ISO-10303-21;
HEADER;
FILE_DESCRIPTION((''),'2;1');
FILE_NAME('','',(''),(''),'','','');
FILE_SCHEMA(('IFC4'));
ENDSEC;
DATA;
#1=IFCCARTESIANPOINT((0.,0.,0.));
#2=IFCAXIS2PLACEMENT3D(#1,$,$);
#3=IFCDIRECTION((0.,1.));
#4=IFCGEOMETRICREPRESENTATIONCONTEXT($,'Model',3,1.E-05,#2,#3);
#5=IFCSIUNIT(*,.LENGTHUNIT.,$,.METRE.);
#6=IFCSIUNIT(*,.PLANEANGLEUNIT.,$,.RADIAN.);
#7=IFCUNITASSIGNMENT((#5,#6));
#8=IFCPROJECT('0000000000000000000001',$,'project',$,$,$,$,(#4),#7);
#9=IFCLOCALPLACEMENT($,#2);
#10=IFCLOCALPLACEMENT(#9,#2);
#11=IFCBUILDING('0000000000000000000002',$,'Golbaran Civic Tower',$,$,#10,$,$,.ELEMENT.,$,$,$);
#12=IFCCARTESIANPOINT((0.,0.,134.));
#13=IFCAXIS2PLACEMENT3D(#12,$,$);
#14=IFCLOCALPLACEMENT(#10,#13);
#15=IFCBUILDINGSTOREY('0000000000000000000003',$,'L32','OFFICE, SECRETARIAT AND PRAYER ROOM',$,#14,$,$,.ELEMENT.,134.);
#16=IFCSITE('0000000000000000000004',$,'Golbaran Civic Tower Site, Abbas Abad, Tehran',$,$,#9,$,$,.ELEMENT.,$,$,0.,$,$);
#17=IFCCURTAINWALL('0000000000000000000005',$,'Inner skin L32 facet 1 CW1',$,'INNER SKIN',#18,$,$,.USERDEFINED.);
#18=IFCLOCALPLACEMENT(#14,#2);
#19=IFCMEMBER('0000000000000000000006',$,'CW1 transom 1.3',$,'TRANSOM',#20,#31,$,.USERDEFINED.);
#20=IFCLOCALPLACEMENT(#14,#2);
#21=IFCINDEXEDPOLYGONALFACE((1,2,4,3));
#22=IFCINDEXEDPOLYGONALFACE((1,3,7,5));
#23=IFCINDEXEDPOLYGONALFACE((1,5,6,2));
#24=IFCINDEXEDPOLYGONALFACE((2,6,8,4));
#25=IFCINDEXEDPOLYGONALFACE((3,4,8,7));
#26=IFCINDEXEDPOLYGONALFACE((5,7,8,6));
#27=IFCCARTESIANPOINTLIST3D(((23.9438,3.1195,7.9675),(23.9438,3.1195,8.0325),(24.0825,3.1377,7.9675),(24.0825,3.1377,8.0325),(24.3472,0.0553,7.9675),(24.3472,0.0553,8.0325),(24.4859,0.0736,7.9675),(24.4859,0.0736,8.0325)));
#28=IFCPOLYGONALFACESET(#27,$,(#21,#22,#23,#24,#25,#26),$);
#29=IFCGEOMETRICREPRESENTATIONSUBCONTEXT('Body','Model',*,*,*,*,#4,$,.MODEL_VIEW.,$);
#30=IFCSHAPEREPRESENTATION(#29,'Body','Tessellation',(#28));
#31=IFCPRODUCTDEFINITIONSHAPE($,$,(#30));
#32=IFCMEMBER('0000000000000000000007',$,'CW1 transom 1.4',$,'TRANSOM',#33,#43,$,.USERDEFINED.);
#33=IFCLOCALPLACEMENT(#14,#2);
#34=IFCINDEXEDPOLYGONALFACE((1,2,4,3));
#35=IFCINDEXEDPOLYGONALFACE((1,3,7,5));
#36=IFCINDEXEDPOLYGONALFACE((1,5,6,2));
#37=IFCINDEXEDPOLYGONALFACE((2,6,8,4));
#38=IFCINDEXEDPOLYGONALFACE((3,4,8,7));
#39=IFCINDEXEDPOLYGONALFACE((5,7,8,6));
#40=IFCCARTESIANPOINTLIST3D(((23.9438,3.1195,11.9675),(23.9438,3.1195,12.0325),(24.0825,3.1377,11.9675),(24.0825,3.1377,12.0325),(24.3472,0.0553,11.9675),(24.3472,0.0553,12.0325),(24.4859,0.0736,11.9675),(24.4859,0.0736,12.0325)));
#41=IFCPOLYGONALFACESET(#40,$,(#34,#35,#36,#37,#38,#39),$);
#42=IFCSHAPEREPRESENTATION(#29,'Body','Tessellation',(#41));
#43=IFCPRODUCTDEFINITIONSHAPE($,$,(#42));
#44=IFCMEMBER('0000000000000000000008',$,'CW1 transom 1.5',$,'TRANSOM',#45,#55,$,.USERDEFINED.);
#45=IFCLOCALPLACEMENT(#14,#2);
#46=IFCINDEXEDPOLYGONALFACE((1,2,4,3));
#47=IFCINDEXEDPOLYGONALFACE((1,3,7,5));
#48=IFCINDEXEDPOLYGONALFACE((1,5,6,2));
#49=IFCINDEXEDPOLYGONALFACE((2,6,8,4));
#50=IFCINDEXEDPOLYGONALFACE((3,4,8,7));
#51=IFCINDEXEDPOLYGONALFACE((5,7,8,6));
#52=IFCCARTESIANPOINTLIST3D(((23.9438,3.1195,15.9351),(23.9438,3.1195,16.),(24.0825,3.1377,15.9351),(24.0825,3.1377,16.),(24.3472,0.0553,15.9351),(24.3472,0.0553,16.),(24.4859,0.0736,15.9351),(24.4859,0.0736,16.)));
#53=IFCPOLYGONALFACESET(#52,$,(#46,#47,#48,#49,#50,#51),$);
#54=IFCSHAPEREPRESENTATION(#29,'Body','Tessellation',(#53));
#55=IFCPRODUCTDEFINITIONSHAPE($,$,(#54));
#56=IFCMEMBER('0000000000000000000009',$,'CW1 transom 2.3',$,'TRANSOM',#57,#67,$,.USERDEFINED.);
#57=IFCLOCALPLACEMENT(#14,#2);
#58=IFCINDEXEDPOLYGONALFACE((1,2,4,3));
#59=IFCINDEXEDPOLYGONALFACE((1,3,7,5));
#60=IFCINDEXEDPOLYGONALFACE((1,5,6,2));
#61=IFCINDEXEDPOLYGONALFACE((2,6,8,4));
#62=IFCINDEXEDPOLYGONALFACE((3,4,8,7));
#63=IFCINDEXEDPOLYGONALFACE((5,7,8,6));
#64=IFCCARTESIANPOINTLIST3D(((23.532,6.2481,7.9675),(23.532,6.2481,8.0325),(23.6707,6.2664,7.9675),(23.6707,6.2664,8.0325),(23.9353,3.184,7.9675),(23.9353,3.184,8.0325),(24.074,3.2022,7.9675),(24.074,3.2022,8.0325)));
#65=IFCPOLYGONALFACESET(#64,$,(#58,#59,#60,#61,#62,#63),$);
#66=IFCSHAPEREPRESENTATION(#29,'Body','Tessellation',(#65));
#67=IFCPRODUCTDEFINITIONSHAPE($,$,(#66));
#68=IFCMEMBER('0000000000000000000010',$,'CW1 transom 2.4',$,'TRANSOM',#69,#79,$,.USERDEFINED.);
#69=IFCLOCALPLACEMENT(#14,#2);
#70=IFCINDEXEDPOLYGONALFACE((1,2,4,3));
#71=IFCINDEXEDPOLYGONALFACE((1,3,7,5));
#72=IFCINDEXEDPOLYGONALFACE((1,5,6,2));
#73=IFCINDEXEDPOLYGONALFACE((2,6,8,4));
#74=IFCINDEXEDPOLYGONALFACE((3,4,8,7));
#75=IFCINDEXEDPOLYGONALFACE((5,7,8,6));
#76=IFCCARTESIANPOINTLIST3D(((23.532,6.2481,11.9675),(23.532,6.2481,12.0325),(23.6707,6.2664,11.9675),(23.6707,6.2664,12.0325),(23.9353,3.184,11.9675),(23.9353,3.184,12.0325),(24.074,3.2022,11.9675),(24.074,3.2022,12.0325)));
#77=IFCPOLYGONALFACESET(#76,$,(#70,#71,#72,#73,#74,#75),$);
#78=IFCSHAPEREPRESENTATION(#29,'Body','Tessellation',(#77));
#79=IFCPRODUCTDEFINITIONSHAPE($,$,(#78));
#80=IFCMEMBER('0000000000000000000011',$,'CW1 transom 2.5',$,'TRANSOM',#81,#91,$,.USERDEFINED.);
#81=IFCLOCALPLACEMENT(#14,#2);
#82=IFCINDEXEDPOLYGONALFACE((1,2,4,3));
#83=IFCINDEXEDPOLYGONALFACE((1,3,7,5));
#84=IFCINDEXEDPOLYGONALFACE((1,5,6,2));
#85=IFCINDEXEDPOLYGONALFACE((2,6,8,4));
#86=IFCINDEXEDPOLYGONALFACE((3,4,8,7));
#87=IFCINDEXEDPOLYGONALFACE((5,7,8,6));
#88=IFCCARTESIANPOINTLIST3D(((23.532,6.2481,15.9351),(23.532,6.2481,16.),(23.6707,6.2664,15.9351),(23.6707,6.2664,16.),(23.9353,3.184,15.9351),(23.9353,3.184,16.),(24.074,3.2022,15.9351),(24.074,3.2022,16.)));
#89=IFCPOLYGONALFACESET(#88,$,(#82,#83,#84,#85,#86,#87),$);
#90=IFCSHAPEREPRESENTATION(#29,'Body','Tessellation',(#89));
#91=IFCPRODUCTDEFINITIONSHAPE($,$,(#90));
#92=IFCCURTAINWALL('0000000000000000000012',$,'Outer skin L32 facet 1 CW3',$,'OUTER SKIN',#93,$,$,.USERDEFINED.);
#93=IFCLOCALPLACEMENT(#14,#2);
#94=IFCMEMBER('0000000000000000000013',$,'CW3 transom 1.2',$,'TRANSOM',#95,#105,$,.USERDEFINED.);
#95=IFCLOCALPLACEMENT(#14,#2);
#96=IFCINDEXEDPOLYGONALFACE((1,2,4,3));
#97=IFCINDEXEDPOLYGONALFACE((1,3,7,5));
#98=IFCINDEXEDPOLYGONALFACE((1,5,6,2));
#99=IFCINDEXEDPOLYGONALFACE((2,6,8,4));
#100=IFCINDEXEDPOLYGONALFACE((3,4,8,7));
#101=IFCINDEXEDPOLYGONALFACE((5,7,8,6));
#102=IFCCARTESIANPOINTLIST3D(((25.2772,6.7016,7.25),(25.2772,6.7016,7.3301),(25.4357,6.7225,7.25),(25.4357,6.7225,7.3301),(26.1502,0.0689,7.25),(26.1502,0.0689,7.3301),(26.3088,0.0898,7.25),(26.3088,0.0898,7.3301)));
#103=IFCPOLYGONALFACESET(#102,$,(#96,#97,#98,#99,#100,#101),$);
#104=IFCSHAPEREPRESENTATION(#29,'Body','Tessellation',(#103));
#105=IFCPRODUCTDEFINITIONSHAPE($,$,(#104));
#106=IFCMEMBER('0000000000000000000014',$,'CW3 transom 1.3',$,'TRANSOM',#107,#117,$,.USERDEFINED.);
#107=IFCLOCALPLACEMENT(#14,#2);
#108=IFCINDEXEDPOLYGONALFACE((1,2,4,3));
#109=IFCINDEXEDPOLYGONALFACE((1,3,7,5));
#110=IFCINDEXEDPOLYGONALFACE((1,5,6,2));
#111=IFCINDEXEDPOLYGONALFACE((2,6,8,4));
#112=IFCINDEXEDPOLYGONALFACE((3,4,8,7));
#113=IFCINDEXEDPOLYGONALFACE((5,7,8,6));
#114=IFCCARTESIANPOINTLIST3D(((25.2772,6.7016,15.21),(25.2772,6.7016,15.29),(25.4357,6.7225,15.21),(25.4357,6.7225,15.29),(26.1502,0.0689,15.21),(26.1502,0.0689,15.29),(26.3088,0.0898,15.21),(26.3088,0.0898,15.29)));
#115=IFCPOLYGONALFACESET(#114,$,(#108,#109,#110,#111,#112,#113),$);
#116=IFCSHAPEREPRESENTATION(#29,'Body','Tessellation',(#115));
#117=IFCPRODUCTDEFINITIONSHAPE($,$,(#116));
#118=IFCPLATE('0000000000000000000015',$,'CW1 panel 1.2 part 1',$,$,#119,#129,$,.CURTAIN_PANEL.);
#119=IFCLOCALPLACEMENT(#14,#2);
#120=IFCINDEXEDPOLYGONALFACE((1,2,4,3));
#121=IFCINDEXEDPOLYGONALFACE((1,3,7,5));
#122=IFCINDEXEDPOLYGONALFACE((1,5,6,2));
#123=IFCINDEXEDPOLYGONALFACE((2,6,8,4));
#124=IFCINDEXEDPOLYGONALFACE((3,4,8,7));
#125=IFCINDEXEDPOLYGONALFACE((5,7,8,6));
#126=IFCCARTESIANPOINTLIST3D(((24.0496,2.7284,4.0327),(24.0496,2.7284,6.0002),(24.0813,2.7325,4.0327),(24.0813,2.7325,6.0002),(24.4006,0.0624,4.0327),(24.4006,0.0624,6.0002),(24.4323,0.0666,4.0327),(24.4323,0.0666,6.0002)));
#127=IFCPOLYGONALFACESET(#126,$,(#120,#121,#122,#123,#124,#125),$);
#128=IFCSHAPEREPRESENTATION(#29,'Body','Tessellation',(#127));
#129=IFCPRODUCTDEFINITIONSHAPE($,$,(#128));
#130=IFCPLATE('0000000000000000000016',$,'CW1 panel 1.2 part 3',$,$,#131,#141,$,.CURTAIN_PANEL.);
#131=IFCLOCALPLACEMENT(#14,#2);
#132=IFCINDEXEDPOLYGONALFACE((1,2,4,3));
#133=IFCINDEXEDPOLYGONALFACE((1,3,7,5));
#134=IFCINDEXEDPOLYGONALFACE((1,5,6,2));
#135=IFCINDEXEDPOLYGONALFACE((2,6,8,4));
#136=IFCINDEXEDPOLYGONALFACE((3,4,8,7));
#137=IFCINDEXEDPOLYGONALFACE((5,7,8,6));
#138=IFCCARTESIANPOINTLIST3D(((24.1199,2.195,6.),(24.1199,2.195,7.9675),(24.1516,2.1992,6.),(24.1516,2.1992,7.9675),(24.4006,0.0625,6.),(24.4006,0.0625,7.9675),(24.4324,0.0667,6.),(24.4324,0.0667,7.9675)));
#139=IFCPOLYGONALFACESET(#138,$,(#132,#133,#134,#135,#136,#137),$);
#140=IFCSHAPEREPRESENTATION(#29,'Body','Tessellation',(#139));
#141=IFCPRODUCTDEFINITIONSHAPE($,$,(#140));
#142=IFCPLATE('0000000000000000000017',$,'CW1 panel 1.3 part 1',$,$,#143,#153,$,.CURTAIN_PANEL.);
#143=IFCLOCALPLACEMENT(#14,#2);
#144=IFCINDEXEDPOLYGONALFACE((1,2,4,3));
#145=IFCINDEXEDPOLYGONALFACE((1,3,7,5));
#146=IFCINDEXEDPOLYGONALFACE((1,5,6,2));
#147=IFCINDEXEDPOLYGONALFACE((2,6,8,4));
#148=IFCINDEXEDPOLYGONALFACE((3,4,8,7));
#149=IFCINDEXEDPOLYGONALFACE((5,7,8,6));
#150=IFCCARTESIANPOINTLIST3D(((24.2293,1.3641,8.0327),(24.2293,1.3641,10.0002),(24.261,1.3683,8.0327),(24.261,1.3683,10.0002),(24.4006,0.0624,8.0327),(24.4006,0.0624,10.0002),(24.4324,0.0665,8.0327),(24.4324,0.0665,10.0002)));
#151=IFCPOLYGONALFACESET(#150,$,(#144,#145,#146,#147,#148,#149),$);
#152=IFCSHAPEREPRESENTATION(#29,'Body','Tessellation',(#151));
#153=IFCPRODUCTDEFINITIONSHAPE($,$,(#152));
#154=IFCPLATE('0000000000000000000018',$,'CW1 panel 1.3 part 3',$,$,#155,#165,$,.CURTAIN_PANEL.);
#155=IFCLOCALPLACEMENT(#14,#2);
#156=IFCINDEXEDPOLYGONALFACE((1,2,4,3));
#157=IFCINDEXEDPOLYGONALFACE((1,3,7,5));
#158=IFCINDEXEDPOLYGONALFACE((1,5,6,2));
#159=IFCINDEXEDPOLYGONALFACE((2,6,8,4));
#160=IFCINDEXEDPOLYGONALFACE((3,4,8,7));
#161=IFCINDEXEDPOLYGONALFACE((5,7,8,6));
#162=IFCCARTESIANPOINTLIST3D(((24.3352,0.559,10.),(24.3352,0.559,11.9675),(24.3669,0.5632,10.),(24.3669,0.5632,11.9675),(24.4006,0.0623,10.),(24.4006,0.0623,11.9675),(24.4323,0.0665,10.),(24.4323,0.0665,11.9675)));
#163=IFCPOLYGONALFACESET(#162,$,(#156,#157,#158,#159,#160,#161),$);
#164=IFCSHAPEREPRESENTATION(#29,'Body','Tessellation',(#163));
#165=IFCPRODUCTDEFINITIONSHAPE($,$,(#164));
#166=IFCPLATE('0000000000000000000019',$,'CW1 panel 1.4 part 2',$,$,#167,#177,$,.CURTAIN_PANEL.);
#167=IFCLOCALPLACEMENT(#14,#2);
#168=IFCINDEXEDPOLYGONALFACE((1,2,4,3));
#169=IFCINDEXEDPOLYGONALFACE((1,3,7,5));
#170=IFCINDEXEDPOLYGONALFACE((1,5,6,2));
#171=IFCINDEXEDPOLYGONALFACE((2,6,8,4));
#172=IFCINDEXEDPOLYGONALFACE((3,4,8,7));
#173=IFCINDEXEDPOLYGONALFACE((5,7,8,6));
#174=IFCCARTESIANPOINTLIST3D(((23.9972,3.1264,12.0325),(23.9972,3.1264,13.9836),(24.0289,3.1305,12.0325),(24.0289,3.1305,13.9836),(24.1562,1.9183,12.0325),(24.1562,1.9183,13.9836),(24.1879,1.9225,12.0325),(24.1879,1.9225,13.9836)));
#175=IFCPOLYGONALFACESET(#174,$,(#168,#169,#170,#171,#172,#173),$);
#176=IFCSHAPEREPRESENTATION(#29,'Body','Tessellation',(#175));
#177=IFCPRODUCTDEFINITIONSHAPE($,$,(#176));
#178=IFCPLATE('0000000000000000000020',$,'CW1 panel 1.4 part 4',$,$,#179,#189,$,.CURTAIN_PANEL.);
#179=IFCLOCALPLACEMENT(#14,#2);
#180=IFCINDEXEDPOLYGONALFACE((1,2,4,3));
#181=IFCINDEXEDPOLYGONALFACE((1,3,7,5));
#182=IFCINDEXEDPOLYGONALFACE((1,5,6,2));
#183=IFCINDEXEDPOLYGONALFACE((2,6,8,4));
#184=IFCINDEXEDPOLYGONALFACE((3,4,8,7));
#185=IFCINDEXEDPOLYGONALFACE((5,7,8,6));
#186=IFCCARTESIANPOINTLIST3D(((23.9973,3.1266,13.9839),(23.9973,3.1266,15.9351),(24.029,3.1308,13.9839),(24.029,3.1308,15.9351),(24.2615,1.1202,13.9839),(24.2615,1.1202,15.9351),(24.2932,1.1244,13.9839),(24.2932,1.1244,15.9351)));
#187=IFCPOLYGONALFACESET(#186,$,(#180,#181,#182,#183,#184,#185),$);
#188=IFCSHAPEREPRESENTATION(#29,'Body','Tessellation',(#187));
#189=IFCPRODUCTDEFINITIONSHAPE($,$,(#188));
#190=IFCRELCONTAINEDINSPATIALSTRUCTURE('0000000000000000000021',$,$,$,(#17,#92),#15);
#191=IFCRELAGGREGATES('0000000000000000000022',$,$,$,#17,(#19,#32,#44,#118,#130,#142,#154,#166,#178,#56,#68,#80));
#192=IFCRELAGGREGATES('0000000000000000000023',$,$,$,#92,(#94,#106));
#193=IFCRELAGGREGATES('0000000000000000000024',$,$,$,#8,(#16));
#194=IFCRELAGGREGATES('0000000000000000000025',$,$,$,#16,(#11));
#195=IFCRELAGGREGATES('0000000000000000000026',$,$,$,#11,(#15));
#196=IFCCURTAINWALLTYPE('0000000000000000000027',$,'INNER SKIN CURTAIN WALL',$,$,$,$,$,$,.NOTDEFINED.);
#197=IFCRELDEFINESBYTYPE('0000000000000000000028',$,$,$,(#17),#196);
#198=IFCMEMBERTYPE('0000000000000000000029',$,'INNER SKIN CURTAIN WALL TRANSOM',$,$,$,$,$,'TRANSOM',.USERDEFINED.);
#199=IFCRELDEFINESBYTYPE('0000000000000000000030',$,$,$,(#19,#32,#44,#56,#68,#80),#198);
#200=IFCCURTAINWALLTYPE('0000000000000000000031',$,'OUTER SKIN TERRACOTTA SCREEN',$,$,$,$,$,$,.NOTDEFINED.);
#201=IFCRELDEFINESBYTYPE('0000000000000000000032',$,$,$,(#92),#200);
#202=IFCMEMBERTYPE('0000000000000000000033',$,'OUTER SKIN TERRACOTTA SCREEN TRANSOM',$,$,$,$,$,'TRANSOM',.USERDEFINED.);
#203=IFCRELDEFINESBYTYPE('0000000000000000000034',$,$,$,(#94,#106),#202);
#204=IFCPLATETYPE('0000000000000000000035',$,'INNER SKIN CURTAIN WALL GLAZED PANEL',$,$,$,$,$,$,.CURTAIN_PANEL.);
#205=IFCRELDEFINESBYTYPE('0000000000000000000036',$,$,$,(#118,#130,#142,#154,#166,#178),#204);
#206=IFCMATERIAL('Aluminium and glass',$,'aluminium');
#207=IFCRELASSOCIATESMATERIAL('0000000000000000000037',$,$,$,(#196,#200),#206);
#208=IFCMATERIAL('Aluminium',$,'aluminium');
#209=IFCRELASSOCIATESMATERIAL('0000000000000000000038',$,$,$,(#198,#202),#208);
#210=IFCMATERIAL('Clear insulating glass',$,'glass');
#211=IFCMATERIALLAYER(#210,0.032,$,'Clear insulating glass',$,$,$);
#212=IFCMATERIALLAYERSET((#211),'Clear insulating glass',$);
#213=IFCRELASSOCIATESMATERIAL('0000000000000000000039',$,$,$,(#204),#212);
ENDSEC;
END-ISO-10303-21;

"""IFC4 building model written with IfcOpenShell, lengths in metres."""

from ifc_helpers import new_model, si_unit, direction, frame, origin, origin_2d, place, context, subcontext, project, spatial, rectangle, extrude, material, layer, layer_set, material_profile, profile_set, type_object, element, aggregate, save


model = new_model("IFC4")

# Units and contexts
model_context = context("Model", 3, precision=1e-05, world=origin(), true_north=direction((0.0, 1.0)))
body_context = subcontext(model_context, "Body", "Model", "MODEL_VIEW")
ifc_project = project(units=[si_unit("LENGTHUNIT", "METRE"), si_unit("PLANEANGLEUNIT", "RADIAN")], contexts=[model_context])

# Site, building, storey
site_placement = place(None, origin())
site = spatial("IfcSite", under=ifc_project, at=site_placement, Name="Golbaran Civic Tower Site, Abbas Abad, Tehran", CompositionType="ELEMENT", RefElevation=0.0)
building_placement = place(site_placement, origin())
building = spatial("IfcBuilding", under=site, at=building_placement, Name="Golbaran Civic Tower", CompositionType="ELEMENT")
storey_placement = place(building_placement, frame((0.0, 0.0, 134.0)))
storey = spatial("IfcBuildingStorey", under=building, at=storey_placement, Name="L32", Description="OFFICE, SECRETARIAT AND PRAYER ROOM", CompositionType="ELEMENT", Elevation=134.0)

# Curtain walls, members
ifc_material_1 = material(Name="Aluminium and glass", Category="aluminium")
curtain_wall_type_1 = type_object("IfcCurtainWallType", Name="INNER SKIN CURTAIN WALL", PredefinedType="NOTDEFINED", material=ifc_material_1)
curtain_wall_1_placement = place(storey_placement, origin())
curtain_wall_1 = element("IfcCurtainWall", 1, at=curtain_wall_1_placement, inside=storey, type_object=curtain_wall_type_1, Name="Inner skin L32 facet 1 CW1", ObjectType="INNER SKIN", PredefinedType="USERDEFINED")
ifc_material_2 = material(Name="Aluminium", Category="aluminium")
ifc_material_profile_1 = material_profile(ifc_material_2, rectangle(XDim=0.1399, YDim=0.0649, at=origin_2d()), Name="INNER SKIN CURTAIN WALL TRANSOM")
ifc_profile_set_1 = profile_set([ifc_material_profile_1], Name="Aluminium")
member_type_1 = type_object("IfcMemberType", Name="INNER SKIN CURTAIN WALL TRANSOM", ElementType="TRANSOM", PredefinedType="USERDEFINED", material=ifc_profile_set_1)
member_1_placement = place(storey_placement, frame((24.4165, 0.0645, 8.0), z_axis=(-0.130497, 0.991449, 0.0), x_axis=(-0.991449, -0.130497, 0.0)))
member_1 = element("IfcMember", 2, at=member_1_placement, type_object=member_type_1, Name="CW1 transom 1.3", ObjectType="TRANSOM", PredefinedType="USERDEFINED", context=body_context, shape_type="SweptSolid", body=[
    extrude(rectangle(XDim=0.1399, YDim=0.0649, at=origin_2d()), origin(), (0.0, 0.0, 1.0), 3.0906),
])
member_2_placement = place(storey_placement, frame((24.4165, 0.0645, 12.0), z_axis=(-0.130497, 0.991449, 0.0), x_axis=(-0.991449, -0.130497, 0.0)))
member_2 = element("IfcMember", 3, at=member_2_placement, type_object=member_type_1, Name="CW1 transom 1.4", ObjectType="TRANSOM", PredefinedType="USERDEFINED", context=body_context, shape_type="SweptSolid", body=[
    extrude(rectangle(XDim=0.1399, YDim=0.0649, at=origin_2d()), origin(), (0.0, 0.0, 1.0), 3.0906),
])
member_3_placement = place(storey_placement, frame((24.4165, 0.0645, 15.9675), z_axis=(-0.130497, 0.991449, 0.0), x_axis=(-0.991449, -0.130497, 0.0)))
member_3 = element("IfcMember", 4, at=member_3_placement, type_object=member_type_1, Name="CW1 transom 1.5", ObjectType="TRANSOM", PredefinedType="USERDEFINED", context=body_context, shape_type="SweptSolid", body=[
    extrude(rectangle(XDim=0.1399, YDim=0.0649, at=origin_2d()), origin(), (0.0, 0.0, 1.0), 3.0906),
])
member_4_placement = place(storey_placement, frame((24.0046, 3.1931, 8.0), z_axis=(-0.130497, 0.991449, 0.0), x_axis=(-0.991449, -0.130497, 0.0)))
member_4 = element("IfcMember", 5, at=member_4_placement, type_object=member_type_1, Name="CW1 transom 2.3", ObjectType="TRANSOM", PredefinedType="USERDEFINED", context=body_context, shape_type="SweptSolid", body=[
    extrude(rectangle(XDim=0.1399, YDim=0.0649, at=origin_2d()), origin(), (0.0, 0.0, 1.0), 3.0906),
])
member_5_placement = place(storey_placement, frame((24.0046, 3.1931, 12.0), z_axis=(-0.130497, 0.991449, 0.0), x_axis=(-0.991449, -0.130497, 0.0)))
member_5 = element("IfcMember", 6, at=member_5_placement, type_object=member_type_1, Name="CW1 transom 2.4", ObjectType="TRANSOM", PredefinedType="USERDEFINED", context=body_context, shape_type="SweptSolid", body=[
    extrude(rectangle(XDim=0.1399, YDim=0.0649, at=origin_2d()), origin(), (0.0, 0.0, 1.0), 3.0906),
])
member_6_placement = place(storey_placement, frame((24.0046, 3.1931, 15.9675), z_axis=(-0.130497, 0.991449, 0.0), x_axis=(-0.991449, -0.130497, 0.0)))
member_6 = element("IfcMember", 7, at=member_6_placement, type_object=member_type_1, Name="CW1 transom 2.5", ObjectType="TRANSOM", PredefinedType="USERDEFINED", context=body_context, shape_type="SweptSolid", body=[
    extrude(rectangle(XDim=0.1399, YDim=0.0649, at=origin_2d()), origin(), (0.0, 0.0, 1.0), 3.0906),
])
curtain_wall_type_2 = type_object("IfcCurtainWallType", Name="OUTER SKIN TERRACOTTA SCREEN", PredefinedType="NOTDEFINED", material=ifc_material_1)
curtain_wall_2_placement = place(storey_placement, origin())
curtain_wall_2 = element("IfcCurtainWall", 8, at=curtain_wall_2_placement, inside=storey, type_object=curtain_wall_type_2, Name="Outer skin L32 facet 1 CW3", ObjectType="OUTER SKIN", PredefinedType="USERDEFINED")
ifc_material_profile_2 = material_profile(ifc_material_2, rectangle(XDim=0.1599, YDim=0.0801, at=origin_2d()), Name="OUTER SKIN TERRACOTTA SCREEN TRANSOM")
ifc_profile_set_2 = profile_set([ifc_material_profile_2], Name="Aluminium")
member_type_2 = type_object("IfcMemberType", Name="OUTER SKIN TERRACOTTA SCREEN TRANSOM", ElementType="TRANSOM", PredefinedType="USERDEFINED", material=ifc_profile_set_2)
member_7_placement = place(storey_placement, frame((26.2295, 0.0793, 7.29), z_axis=(-0.1305, 0.991448, 0.0), x_axis=(-0.991448, -0.1305, 0.0)))
member_7 = element("IfcMember", 9, at=member_7_placement, type_object=member_type_2, Name="CW3 transom 1.2", ObjectType="TRANSOM", PredefinedType="USERDEFINED", context=body_context, shape_type="SweptSolid", body=[
    extrude(rectangle(XDim=0.1599, YDim=0.0801, at=origin_2d()), origin(), (0.0, 0.0, 1.0), 6.6899),
])
member_8_placement = place(storey_placement, frame((26.2295, 0.0793, 15.25), z_axis=(-0.1305, 0.991448, 0.0), x_axis=(-0.991448, -0.1305, 0.0)))
member_8 = element("IfcMember", 10, at=member_8_placement, type_object=member_type_2, Name="CW3 transom 1.3", ObjectType="TRANSOM", PredefinedType="USERDEFINED", context=body_context, shape_type="SweptSolid", body=[
    extrude(rectangle(XDim=0.1599, YDim=0.0801, at=origin_2d()), origin(), (0.0, 0.0, 1.0), 6.6899),
])

# Plates
ifc_material_3 = material(Name="Clear insulating glass", Category="glass")
ifc_layer_1 = layer(ifc_material_3, 0.032, Name="Clear insulating glass")
ifc_layer_set_1 = layer_set([ifc_layer_1], Name="Clear insulating glass")
plate_type_1 = type_object("IfcPlateType", Name="INNER SKIN CURTAIN WALL GLAZED PANEL", PredefinedType="CURTAIN_PANEL", material=ifc_layer_set_1)
plate_1_placement = place(storey_placement, frame((24.241, 1.3975, 4.0327), z_axis=(0.0, 0.0, 1.0), x_axis=(-0.130526, 0.991445, 0.0)))
plate_1 = element("IfcPlate", 11, at=plate_1_placement, type_object=plate_type_1, Name="CW1 panel 1.2 part 1", PredefinedType="CURTAIN_PANEL", context=body_context, shape_type="SweptSolid", body=[
    extrude(rectangle(XDim=2.689, YDim=0.032, at=origin_2d()), origin(), (0.0, 0.0, 1.0), 1.9675),
])
plate_2_placement = place(storey_placement, frame((24.2761, 1.1309, 6.0), z_axis=(0.0, 0.0, 1.0), x_axis=(-0.130526, 0.991445, 0.0)))
plate_2 = element("IfcPlate", 12, at=plate_2_placement, type_object=plate_type_1, Name="CW1 panel 1.2 part 3", PredefinedType="CURTAIN_PANEL", context=body_context, shape_type="SweptSolid", body=[
    extrude(rectangle(XDim=2.1509, YDim=0.032, at=origin_2d()), origin(), (0.0, 0.0, 1.0), 1.9675),
])
plate_3_placement = place(storey_placement, frame((24.3308, 0.7153, 8.0327), z_axis=(0.0, 0.0, 1.0), x_axis=(-0.130526, 0.991445, 0.0)))
plate_3 = element("IfcPlate", 13, at=plate_3_placement, type_object=plate_type_1, Name="CW1 panel 1.3 part 1", PredefinedType="CURTAIN_PANEL", context=body_context, shape_type="SweptSolid", body=[
    extrude(rectangle(XDim=1.313, YDim=0.032, at=origin_2d()), origin(), (0.0, 0.0, 1.0), 1.9675),
])
plate_4_placement = place(storey_placement, frame((24.3838, 0.3127, 10.0), z_axis=(0.0, 0.0, 1.0), x_axis=(-0.130526, 0.991445, 0.0)))
plate_4 = element("IfcPlate", 14, at=plate_4_placement, type_object=plate_type_1, Name="CW1 panel 1.3 part 3", PredefinedType="CURTAIN_PANEL", context=body_context, shape_type="SweptSolid", body=[
    extrude(rectangle(XDim=0.501, YDim=0.032, at=origin_2d()), origin(), (0.0, 0.0, 1.0), 1.9675),
])
plate_5_placement = place(storey_placement, frame((24.0925, 2.5244, 12.0325), z_axis=(0.0, 0.0, 1.0), x_axis=(-0.130526, 0.991445, 0.0)))
plate_5 = element("IfcPlate", 15, at=plate_5_placement, type_object=plate_type_1, Name="CW1 panel 1.4 part 2", PredefinedType="CURTAIN_PANEL", context=body_context, shape_type="SweptSolid", body=[
    extrude(rectangle(XDim=1.2185, YDim=0.032, at=origin_2d()), origin(), (0.0, 0.0, 1.0), 1.9512),
])
plate_6_placement = place(storey_placement, frame((24.1453, 2.1255, 13.9839), z_axis=(0.0, 0.0, 1.0), x_axis=(-0.130526, 0.991445, 0.0)))
plate_6 = element("IfcPlate", 16, at=plate_6_placement, type_object=plate_type_1, Name="CW1 panel 1.4 part 4", PredefinedType="CURTAIN_PANEL", context=body_context, shape_type="SweptSolid", body=[
    extrude(rectangle(XDim=2.0237, YDim=0.032, at=origin_2d()), origin(), (0.0, 0.0, 1.0), 1.9512),
])
aggregate(curtain_wall_1, [member_1, member_2, member_3, plate_1, plate_2, plate_3, plate_4, plate_5, plate_6, member_4, member_5, member_6])
aggregate(curtain_wall_2, [member_7, member_8])

save(model, "model.ifc")
